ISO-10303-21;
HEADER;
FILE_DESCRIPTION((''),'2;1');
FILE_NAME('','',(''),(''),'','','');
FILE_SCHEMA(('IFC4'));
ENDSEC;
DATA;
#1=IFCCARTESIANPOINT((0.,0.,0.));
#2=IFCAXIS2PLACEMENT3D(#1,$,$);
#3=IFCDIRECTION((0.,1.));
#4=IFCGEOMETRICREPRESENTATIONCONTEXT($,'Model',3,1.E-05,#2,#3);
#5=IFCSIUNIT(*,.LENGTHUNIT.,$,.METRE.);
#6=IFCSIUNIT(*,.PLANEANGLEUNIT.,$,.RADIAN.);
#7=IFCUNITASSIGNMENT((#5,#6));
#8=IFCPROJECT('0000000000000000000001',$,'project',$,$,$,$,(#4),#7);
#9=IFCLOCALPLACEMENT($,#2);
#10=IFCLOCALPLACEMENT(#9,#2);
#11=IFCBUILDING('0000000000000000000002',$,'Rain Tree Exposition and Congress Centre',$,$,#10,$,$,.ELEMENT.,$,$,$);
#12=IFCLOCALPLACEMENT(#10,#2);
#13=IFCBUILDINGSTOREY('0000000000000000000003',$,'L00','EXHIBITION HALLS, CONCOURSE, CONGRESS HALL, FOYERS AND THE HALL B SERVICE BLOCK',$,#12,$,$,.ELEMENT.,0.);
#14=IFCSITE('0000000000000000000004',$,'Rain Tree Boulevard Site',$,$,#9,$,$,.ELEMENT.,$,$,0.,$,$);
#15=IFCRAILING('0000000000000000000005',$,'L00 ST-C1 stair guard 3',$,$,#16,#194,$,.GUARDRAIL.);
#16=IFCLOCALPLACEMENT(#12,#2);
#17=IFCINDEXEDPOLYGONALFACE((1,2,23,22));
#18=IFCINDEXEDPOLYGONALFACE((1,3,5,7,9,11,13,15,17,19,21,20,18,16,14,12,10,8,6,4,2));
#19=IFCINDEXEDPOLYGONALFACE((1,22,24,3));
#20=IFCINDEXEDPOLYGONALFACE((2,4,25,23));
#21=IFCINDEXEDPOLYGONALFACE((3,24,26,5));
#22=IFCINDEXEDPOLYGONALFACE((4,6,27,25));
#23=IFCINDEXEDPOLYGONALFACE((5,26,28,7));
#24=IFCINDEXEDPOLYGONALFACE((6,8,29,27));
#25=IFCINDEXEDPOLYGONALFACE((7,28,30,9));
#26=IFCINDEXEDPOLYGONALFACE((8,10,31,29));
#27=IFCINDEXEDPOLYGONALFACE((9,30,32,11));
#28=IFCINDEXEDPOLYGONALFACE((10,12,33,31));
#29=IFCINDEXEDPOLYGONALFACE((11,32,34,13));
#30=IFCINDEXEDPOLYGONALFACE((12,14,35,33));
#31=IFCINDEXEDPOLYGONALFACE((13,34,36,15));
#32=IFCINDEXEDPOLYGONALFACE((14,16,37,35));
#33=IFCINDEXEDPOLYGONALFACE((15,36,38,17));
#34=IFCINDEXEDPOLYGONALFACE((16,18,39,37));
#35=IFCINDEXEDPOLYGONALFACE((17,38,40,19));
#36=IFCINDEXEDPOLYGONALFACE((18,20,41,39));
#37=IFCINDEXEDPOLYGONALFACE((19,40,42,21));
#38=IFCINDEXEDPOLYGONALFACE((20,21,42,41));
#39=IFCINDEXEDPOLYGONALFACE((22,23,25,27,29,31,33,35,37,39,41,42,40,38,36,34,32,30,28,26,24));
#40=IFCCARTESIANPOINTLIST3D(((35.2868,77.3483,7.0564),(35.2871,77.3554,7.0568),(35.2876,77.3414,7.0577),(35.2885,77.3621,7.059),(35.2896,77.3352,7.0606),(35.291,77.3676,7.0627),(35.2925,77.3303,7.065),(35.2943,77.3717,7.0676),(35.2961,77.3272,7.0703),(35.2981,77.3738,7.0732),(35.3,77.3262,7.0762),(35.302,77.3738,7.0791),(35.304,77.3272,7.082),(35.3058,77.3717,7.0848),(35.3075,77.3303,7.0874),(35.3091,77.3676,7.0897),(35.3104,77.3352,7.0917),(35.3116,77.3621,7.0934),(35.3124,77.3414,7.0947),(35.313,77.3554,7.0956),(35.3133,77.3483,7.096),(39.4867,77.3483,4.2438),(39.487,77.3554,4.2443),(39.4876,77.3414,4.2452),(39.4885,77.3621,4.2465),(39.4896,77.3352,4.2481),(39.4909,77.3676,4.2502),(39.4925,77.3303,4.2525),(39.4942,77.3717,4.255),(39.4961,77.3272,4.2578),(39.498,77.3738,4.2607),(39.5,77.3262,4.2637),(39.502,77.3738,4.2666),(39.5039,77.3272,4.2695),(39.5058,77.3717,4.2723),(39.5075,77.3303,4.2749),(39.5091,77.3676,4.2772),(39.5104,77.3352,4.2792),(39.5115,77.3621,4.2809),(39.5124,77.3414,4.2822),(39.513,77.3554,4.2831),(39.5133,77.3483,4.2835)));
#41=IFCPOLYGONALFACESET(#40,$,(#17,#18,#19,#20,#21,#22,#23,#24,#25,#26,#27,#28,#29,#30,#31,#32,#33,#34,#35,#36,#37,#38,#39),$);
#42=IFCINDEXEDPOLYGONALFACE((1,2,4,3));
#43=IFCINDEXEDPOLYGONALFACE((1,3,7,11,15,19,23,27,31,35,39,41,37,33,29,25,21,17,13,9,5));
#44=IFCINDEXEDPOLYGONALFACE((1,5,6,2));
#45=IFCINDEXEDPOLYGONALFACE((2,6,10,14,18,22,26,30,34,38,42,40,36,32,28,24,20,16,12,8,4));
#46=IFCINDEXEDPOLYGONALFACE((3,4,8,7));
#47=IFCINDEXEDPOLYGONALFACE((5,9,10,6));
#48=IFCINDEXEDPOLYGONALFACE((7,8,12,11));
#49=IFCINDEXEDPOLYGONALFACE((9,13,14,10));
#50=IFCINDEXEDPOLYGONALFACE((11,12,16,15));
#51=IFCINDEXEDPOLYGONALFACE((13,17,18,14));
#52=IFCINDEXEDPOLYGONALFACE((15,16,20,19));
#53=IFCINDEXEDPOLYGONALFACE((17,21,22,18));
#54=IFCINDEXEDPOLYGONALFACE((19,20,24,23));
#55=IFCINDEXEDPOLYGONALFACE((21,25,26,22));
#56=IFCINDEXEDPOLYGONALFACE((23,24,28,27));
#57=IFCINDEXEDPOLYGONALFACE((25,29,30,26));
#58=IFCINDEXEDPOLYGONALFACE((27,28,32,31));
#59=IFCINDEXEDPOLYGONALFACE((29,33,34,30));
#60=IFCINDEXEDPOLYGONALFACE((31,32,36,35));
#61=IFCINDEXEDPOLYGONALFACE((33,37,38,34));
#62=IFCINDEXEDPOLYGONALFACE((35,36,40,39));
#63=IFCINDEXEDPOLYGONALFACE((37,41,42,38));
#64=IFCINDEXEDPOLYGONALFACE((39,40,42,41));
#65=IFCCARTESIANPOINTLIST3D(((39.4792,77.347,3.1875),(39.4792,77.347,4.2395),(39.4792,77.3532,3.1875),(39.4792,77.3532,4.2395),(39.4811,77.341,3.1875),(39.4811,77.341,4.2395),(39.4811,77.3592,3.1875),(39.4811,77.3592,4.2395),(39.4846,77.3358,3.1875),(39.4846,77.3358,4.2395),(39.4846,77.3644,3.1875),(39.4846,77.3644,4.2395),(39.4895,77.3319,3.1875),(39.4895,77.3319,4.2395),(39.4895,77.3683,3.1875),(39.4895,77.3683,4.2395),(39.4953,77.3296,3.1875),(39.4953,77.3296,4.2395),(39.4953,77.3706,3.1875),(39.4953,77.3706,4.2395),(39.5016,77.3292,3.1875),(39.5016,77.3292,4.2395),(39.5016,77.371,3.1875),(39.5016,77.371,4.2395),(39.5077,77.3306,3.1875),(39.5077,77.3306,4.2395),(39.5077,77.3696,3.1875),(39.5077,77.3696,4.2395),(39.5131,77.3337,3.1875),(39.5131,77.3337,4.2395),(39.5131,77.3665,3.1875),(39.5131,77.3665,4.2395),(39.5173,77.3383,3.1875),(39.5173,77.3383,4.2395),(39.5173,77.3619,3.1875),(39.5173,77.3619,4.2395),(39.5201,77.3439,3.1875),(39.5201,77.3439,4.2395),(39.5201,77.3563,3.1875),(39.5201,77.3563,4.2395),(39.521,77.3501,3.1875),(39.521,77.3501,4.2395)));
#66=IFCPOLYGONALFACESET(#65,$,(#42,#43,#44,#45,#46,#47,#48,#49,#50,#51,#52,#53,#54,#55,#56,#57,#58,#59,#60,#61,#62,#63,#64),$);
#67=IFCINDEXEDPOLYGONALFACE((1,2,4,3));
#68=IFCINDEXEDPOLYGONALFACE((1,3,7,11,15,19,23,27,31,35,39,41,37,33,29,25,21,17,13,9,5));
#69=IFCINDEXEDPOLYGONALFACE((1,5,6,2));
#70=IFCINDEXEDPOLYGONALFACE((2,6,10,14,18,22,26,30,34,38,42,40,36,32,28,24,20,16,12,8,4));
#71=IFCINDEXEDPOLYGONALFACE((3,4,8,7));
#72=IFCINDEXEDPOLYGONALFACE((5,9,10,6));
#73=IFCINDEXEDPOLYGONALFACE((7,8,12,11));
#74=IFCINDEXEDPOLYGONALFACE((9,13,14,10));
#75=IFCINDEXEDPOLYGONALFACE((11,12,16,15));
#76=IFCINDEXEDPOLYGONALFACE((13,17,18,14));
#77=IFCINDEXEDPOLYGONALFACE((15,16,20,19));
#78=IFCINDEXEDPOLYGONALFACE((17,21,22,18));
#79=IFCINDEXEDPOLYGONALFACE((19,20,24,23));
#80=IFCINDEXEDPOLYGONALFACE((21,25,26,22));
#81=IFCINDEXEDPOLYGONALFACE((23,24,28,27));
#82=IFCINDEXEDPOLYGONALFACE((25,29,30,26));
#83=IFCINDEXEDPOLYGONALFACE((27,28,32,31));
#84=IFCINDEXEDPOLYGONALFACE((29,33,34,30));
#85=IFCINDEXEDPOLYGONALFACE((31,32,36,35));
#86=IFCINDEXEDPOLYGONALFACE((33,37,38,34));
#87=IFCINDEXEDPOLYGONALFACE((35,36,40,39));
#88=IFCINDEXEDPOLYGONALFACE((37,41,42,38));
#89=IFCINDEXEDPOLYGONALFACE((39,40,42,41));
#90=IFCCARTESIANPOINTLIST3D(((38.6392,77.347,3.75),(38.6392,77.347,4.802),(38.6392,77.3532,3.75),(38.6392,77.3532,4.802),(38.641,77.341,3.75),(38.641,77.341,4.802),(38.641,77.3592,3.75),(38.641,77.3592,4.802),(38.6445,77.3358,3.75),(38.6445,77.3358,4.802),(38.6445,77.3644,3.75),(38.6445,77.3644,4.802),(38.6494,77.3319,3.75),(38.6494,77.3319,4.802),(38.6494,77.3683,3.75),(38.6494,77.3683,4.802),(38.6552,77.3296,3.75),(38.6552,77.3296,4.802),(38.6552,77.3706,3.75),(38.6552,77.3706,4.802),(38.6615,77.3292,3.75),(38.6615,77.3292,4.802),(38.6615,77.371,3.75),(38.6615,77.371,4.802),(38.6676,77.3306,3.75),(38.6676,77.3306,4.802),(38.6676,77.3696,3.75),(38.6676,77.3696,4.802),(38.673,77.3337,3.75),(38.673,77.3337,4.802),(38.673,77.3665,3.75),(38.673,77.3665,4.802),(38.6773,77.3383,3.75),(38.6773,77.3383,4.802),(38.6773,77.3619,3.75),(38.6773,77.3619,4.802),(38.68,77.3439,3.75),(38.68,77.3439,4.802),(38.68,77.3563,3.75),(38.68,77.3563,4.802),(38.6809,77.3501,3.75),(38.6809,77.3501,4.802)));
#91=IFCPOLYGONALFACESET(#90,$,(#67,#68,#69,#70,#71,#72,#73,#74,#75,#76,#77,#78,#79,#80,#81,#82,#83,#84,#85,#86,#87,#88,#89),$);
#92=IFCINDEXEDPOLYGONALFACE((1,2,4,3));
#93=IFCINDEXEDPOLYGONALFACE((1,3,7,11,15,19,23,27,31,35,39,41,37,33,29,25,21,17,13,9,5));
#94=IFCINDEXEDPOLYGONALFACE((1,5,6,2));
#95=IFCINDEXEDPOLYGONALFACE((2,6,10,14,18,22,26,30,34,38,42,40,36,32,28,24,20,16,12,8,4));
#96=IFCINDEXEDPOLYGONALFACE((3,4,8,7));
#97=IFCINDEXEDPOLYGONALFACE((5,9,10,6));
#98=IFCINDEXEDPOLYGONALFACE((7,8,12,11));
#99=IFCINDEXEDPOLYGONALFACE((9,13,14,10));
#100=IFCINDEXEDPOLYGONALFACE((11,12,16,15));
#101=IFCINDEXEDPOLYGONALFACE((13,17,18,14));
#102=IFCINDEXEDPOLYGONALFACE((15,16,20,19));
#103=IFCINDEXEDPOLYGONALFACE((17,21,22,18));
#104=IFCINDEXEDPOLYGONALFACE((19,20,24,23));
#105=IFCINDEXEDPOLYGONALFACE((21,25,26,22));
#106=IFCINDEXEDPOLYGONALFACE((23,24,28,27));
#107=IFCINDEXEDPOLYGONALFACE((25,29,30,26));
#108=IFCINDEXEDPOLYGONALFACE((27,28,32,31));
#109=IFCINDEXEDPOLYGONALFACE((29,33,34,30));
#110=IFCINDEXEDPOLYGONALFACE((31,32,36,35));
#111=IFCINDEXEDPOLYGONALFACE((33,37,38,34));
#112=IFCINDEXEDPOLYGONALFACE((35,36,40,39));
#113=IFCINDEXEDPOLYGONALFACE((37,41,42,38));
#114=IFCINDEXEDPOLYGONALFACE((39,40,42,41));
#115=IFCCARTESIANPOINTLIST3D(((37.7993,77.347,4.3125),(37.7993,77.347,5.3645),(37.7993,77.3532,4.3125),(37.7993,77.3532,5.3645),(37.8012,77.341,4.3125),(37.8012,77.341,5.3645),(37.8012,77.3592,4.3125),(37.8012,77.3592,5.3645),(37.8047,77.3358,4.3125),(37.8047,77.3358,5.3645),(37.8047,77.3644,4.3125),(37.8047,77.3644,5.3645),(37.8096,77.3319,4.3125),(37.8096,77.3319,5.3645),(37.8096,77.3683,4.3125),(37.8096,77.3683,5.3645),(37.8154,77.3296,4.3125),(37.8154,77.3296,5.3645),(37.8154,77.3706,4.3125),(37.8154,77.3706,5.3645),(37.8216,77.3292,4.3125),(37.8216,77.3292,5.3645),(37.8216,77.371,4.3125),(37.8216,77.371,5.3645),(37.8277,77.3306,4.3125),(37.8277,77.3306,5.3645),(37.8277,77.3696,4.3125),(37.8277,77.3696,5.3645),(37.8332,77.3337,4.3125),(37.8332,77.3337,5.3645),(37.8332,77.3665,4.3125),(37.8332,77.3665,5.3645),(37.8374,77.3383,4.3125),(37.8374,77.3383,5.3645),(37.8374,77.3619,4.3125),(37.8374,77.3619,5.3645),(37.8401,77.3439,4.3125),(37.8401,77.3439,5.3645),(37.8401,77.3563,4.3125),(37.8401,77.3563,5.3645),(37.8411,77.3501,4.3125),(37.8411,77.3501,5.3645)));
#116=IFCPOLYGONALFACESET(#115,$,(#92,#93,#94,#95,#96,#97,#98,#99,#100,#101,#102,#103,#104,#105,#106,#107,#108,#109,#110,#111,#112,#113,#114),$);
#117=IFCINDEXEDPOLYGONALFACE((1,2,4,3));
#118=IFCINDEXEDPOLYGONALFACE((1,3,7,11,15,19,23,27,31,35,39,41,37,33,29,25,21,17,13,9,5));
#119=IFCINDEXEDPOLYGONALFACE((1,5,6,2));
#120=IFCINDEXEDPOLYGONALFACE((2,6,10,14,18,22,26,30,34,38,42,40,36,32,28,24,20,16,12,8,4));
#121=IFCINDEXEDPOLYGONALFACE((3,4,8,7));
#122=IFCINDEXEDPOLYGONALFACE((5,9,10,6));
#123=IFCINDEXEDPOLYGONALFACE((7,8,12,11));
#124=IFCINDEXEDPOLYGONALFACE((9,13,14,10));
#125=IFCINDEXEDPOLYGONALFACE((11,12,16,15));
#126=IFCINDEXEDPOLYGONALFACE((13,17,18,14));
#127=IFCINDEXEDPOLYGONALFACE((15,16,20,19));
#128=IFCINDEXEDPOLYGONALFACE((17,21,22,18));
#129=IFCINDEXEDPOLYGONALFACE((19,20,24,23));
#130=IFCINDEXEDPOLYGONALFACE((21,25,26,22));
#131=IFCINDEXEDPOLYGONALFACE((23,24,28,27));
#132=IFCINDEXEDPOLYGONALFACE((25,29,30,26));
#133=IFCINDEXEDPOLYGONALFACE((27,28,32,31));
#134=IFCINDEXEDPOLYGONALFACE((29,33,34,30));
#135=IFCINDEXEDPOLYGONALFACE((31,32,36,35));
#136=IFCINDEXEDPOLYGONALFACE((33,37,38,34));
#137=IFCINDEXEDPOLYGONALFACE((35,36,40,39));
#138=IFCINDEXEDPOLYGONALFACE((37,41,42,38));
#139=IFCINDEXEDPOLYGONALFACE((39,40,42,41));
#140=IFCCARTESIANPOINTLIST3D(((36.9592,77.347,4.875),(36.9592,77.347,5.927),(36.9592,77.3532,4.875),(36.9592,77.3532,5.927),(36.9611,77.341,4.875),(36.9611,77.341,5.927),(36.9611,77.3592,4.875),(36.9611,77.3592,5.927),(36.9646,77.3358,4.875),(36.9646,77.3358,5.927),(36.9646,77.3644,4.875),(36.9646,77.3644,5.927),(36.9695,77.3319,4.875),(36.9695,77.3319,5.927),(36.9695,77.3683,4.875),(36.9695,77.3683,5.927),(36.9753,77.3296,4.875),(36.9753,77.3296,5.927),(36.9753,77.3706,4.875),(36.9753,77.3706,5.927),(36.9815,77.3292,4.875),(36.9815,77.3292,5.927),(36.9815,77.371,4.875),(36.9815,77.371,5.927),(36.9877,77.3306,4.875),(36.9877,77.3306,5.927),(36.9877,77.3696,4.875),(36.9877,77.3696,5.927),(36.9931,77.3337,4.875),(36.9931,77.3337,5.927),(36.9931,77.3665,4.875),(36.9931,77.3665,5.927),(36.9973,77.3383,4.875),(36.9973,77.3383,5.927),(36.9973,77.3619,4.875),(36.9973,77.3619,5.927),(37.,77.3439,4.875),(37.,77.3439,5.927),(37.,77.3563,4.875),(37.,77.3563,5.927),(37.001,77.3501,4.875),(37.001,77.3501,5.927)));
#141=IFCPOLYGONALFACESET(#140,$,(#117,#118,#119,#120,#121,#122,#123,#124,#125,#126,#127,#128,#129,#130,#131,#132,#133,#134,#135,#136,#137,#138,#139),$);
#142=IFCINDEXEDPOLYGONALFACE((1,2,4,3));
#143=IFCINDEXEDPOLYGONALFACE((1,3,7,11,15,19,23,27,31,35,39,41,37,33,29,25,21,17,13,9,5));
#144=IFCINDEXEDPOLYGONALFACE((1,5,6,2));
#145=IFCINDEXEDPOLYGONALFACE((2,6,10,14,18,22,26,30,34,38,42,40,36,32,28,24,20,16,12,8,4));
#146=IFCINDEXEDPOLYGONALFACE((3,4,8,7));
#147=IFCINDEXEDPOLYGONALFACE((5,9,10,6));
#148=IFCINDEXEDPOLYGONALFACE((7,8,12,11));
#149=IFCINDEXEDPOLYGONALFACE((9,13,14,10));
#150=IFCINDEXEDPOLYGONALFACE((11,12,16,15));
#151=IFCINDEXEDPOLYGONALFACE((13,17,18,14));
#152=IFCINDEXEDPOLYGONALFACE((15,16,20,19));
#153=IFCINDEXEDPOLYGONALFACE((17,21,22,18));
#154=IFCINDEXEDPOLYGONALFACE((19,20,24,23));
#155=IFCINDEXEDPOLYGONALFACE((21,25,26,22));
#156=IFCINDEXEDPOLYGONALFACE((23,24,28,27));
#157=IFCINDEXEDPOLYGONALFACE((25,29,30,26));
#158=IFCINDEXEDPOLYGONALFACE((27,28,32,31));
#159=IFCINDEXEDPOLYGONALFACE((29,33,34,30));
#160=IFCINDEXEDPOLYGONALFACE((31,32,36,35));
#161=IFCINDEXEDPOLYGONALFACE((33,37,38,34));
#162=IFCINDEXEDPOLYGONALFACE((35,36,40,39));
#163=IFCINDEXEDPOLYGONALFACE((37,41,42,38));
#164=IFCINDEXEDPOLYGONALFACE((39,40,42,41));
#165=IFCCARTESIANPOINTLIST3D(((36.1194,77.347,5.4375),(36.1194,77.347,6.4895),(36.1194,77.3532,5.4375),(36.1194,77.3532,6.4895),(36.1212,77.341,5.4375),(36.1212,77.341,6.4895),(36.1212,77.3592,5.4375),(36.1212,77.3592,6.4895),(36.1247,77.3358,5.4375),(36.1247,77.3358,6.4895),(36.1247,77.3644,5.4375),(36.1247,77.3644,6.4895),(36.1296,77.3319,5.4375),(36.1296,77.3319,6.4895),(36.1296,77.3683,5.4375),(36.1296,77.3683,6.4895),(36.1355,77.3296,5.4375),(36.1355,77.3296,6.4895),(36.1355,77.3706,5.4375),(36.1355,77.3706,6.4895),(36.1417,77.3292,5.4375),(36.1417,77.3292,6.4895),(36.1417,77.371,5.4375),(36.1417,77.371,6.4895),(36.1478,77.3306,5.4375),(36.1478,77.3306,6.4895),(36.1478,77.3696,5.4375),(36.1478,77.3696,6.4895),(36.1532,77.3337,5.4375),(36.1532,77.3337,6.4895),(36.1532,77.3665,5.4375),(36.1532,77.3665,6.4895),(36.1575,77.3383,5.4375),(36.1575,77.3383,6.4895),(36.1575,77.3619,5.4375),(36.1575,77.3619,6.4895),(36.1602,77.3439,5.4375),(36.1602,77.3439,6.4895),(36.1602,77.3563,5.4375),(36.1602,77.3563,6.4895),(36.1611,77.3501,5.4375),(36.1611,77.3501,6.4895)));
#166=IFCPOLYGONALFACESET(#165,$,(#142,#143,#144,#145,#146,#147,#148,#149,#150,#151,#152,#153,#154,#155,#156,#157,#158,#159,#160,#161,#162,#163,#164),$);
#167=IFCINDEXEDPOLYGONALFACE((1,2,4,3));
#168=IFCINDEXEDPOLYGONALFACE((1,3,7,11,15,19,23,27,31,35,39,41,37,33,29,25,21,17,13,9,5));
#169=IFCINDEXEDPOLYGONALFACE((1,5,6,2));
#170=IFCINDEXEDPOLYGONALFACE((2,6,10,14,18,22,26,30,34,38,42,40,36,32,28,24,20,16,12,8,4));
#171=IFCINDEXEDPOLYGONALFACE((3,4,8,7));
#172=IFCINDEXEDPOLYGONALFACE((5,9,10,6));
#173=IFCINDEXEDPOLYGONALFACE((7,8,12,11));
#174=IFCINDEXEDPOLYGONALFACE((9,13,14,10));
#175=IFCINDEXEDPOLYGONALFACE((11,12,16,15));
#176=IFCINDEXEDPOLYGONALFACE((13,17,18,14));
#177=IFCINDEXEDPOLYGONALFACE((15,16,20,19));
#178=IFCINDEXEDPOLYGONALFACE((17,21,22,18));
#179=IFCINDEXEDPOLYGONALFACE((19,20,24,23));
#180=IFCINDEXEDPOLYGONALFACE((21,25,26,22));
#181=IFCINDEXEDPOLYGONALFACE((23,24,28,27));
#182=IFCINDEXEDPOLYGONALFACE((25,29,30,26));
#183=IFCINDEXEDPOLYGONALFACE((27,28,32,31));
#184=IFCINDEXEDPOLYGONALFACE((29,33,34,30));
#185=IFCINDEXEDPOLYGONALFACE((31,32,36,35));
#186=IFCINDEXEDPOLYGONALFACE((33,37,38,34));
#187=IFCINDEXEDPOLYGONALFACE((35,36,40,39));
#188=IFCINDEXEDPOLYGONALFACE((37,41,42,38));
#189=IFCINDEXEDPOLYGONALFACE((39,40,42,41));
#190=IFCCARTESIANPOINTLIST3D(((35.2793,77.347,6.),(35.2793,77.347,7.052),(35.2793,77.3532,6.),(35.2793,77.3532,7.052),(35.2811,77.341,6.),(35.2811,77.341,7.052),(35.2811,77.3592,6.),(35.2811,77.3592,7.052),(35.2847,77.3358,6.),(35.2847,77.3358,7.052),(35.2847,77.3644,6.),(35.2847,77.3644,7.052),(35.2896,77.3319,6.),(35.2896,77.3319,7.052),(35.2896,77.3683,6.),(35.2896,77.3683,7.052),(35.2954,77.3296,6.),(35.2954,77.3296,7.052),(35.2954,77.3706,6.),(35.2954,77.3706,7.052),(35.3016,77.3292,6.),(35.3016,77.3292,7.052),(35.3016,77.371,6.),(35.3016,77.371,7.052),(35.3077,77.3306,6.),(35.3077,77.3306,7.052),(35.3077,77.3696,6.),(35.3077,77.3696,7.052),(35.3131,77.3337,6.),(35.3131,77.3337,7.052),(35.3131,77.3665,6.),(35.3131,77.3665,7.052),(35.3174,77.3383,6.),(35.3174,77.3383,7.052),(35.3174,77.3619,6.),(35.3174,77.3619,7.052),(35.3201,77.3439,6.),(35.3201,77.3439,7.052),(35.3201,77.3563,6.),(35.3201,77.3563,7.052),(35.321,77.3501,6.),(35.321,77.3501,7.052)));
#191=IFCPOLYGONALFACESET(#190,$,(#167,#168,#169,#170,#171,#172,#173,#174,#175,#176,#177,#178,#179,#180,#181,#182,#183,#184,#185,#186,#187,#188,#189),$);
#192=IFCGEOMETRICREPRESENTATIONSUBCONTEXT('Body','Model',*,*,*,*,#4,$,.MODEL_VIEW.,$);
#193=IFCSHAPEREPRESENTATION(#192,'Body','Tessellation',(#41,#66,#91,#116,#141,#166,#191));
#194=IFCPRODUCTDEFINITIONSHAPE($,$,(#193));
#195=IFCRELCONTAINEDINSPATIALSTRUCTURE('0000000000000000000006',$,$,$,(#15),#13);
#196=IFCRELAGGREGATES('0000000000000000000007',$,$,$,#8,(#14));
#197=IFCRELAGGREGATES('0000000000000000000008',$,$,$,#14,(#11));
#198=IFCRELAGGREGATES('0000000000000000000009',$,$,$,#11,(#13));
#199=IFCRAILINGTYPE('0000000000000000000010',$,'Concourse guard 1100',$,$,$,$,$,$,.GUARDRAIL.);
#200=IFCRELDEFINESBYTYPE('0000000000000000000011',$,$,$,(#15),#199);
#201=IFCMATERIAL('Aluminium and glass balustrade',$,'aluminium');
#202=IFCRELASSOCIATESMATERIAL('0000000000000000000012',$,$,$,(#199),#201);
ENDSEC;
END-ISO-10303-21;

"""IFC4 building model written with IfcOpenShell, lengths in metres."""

from ifc_helpers import new_model, si_unit, direction, frame, origin, origin_2d, place, context, subcontext, project, spatial, circle, extrude, material, type_object, element, save


model = new_model("IFC4")

# Units and contexts
model_context = context("Model", 3, precision=1e-05, world=origin(), true_north=direction((0.0, 1.0)))
body_context = subcontext(model_context, "Body", "Model", "MODEL_VIEW")
ifc_project = project(units=[si_unit("LENGTHUNIT", "METRE"), si_unit("PLANEANGLEUNIT", "RADIAN")], contexts=[model_context])

# Site, building, storey
site_placement = place(None, origin())
site = spatial("IfcSite", under=ifc_project, at=site_placement, Name="Rain Tree Boulevard Site", CompositionType="ELEMENT", RefElevation=0.0)
building_placement = place(site_placement, origin())
building = spatial("IfcBuilding", under=site, at=building_placement, Name="Rain Tree Exposition and Congress Centre", CompositionType="ELEMENT")
storey_placement = place(building_placement, origin())
storey = spatial("IfcBuildingStorey", under=building, at=storey_placement, Name="L00", Description="EXHIBITION HALLS, CONCOURSE, CONGRESS HALL, FOYERS AND THE HALL B SERVICE BLOCK", CompositionType="ELEMENT", Elevation=0.0)

# Railing
ifc_material_1 = material(Name="Aluminium and glass balustrade", Category="aluminium")
railing_type_1 = type_object("IfcRailingType", Name="Concourse guard 1100", PredefinedType="GUARDRAIL", material=ifc_material_1)
railing_1_placement = place(storey_placement, frame((39.5, 77.3501, 3.1875)))
element("IfcRailing", 1, at=railing_1_placement, inside=storey, type_object=railing_type_1, Name="L00 ST-C1 stair guard 3", PredefinedType="GUARDRAIL", context=body_context, shape_type="SweptSolid", body=[
    extrude(circle(Radius=0.0239, at=origin_2d()), frame((0.0, 0.0, 1.0762), z_axis=(-0.830904, 0.0, 0.556416), x_axis=(0.0, -1.0, 0.0)), (0.0, 0.0, 1.0), 5.0547),
    extrude(circle(Radius=0.021, at=origin_2d()), origin(), (0.0, 0.0, 1.0), 1.052),
    extrude(circle(Radius=0.021, at=origin_2d()), frame((-0.8401, 0.0, 0.5625)), (0.0, 0.0, 1.0), 1.052),
    extrude(circle(Radius=0.021, at=origin_2d()), frame((-1.6799, 0.0, 1.125)), (0.0, 0.0, 1.0), 1.052),
    extrude(circle(Radius=0.021, at=origin_2d()), frame((-2.52, 0.0, 1.6875)), (0.0, 0.0, 1.0), 1.052),
    extrude(circle(Radius=0.021, at=origin_2d()), frame((-3.3599, 0.0, 2.25)), (0.0, 0.0, 1.0), 1.052),
    extrude(circle(Radius=0.021, at=origin_2d()), frame((-4.2, 0.0, 2.8125)), (0.0, 0.0, 1.0), 1.052),
])

save(model, "model.ifc")
